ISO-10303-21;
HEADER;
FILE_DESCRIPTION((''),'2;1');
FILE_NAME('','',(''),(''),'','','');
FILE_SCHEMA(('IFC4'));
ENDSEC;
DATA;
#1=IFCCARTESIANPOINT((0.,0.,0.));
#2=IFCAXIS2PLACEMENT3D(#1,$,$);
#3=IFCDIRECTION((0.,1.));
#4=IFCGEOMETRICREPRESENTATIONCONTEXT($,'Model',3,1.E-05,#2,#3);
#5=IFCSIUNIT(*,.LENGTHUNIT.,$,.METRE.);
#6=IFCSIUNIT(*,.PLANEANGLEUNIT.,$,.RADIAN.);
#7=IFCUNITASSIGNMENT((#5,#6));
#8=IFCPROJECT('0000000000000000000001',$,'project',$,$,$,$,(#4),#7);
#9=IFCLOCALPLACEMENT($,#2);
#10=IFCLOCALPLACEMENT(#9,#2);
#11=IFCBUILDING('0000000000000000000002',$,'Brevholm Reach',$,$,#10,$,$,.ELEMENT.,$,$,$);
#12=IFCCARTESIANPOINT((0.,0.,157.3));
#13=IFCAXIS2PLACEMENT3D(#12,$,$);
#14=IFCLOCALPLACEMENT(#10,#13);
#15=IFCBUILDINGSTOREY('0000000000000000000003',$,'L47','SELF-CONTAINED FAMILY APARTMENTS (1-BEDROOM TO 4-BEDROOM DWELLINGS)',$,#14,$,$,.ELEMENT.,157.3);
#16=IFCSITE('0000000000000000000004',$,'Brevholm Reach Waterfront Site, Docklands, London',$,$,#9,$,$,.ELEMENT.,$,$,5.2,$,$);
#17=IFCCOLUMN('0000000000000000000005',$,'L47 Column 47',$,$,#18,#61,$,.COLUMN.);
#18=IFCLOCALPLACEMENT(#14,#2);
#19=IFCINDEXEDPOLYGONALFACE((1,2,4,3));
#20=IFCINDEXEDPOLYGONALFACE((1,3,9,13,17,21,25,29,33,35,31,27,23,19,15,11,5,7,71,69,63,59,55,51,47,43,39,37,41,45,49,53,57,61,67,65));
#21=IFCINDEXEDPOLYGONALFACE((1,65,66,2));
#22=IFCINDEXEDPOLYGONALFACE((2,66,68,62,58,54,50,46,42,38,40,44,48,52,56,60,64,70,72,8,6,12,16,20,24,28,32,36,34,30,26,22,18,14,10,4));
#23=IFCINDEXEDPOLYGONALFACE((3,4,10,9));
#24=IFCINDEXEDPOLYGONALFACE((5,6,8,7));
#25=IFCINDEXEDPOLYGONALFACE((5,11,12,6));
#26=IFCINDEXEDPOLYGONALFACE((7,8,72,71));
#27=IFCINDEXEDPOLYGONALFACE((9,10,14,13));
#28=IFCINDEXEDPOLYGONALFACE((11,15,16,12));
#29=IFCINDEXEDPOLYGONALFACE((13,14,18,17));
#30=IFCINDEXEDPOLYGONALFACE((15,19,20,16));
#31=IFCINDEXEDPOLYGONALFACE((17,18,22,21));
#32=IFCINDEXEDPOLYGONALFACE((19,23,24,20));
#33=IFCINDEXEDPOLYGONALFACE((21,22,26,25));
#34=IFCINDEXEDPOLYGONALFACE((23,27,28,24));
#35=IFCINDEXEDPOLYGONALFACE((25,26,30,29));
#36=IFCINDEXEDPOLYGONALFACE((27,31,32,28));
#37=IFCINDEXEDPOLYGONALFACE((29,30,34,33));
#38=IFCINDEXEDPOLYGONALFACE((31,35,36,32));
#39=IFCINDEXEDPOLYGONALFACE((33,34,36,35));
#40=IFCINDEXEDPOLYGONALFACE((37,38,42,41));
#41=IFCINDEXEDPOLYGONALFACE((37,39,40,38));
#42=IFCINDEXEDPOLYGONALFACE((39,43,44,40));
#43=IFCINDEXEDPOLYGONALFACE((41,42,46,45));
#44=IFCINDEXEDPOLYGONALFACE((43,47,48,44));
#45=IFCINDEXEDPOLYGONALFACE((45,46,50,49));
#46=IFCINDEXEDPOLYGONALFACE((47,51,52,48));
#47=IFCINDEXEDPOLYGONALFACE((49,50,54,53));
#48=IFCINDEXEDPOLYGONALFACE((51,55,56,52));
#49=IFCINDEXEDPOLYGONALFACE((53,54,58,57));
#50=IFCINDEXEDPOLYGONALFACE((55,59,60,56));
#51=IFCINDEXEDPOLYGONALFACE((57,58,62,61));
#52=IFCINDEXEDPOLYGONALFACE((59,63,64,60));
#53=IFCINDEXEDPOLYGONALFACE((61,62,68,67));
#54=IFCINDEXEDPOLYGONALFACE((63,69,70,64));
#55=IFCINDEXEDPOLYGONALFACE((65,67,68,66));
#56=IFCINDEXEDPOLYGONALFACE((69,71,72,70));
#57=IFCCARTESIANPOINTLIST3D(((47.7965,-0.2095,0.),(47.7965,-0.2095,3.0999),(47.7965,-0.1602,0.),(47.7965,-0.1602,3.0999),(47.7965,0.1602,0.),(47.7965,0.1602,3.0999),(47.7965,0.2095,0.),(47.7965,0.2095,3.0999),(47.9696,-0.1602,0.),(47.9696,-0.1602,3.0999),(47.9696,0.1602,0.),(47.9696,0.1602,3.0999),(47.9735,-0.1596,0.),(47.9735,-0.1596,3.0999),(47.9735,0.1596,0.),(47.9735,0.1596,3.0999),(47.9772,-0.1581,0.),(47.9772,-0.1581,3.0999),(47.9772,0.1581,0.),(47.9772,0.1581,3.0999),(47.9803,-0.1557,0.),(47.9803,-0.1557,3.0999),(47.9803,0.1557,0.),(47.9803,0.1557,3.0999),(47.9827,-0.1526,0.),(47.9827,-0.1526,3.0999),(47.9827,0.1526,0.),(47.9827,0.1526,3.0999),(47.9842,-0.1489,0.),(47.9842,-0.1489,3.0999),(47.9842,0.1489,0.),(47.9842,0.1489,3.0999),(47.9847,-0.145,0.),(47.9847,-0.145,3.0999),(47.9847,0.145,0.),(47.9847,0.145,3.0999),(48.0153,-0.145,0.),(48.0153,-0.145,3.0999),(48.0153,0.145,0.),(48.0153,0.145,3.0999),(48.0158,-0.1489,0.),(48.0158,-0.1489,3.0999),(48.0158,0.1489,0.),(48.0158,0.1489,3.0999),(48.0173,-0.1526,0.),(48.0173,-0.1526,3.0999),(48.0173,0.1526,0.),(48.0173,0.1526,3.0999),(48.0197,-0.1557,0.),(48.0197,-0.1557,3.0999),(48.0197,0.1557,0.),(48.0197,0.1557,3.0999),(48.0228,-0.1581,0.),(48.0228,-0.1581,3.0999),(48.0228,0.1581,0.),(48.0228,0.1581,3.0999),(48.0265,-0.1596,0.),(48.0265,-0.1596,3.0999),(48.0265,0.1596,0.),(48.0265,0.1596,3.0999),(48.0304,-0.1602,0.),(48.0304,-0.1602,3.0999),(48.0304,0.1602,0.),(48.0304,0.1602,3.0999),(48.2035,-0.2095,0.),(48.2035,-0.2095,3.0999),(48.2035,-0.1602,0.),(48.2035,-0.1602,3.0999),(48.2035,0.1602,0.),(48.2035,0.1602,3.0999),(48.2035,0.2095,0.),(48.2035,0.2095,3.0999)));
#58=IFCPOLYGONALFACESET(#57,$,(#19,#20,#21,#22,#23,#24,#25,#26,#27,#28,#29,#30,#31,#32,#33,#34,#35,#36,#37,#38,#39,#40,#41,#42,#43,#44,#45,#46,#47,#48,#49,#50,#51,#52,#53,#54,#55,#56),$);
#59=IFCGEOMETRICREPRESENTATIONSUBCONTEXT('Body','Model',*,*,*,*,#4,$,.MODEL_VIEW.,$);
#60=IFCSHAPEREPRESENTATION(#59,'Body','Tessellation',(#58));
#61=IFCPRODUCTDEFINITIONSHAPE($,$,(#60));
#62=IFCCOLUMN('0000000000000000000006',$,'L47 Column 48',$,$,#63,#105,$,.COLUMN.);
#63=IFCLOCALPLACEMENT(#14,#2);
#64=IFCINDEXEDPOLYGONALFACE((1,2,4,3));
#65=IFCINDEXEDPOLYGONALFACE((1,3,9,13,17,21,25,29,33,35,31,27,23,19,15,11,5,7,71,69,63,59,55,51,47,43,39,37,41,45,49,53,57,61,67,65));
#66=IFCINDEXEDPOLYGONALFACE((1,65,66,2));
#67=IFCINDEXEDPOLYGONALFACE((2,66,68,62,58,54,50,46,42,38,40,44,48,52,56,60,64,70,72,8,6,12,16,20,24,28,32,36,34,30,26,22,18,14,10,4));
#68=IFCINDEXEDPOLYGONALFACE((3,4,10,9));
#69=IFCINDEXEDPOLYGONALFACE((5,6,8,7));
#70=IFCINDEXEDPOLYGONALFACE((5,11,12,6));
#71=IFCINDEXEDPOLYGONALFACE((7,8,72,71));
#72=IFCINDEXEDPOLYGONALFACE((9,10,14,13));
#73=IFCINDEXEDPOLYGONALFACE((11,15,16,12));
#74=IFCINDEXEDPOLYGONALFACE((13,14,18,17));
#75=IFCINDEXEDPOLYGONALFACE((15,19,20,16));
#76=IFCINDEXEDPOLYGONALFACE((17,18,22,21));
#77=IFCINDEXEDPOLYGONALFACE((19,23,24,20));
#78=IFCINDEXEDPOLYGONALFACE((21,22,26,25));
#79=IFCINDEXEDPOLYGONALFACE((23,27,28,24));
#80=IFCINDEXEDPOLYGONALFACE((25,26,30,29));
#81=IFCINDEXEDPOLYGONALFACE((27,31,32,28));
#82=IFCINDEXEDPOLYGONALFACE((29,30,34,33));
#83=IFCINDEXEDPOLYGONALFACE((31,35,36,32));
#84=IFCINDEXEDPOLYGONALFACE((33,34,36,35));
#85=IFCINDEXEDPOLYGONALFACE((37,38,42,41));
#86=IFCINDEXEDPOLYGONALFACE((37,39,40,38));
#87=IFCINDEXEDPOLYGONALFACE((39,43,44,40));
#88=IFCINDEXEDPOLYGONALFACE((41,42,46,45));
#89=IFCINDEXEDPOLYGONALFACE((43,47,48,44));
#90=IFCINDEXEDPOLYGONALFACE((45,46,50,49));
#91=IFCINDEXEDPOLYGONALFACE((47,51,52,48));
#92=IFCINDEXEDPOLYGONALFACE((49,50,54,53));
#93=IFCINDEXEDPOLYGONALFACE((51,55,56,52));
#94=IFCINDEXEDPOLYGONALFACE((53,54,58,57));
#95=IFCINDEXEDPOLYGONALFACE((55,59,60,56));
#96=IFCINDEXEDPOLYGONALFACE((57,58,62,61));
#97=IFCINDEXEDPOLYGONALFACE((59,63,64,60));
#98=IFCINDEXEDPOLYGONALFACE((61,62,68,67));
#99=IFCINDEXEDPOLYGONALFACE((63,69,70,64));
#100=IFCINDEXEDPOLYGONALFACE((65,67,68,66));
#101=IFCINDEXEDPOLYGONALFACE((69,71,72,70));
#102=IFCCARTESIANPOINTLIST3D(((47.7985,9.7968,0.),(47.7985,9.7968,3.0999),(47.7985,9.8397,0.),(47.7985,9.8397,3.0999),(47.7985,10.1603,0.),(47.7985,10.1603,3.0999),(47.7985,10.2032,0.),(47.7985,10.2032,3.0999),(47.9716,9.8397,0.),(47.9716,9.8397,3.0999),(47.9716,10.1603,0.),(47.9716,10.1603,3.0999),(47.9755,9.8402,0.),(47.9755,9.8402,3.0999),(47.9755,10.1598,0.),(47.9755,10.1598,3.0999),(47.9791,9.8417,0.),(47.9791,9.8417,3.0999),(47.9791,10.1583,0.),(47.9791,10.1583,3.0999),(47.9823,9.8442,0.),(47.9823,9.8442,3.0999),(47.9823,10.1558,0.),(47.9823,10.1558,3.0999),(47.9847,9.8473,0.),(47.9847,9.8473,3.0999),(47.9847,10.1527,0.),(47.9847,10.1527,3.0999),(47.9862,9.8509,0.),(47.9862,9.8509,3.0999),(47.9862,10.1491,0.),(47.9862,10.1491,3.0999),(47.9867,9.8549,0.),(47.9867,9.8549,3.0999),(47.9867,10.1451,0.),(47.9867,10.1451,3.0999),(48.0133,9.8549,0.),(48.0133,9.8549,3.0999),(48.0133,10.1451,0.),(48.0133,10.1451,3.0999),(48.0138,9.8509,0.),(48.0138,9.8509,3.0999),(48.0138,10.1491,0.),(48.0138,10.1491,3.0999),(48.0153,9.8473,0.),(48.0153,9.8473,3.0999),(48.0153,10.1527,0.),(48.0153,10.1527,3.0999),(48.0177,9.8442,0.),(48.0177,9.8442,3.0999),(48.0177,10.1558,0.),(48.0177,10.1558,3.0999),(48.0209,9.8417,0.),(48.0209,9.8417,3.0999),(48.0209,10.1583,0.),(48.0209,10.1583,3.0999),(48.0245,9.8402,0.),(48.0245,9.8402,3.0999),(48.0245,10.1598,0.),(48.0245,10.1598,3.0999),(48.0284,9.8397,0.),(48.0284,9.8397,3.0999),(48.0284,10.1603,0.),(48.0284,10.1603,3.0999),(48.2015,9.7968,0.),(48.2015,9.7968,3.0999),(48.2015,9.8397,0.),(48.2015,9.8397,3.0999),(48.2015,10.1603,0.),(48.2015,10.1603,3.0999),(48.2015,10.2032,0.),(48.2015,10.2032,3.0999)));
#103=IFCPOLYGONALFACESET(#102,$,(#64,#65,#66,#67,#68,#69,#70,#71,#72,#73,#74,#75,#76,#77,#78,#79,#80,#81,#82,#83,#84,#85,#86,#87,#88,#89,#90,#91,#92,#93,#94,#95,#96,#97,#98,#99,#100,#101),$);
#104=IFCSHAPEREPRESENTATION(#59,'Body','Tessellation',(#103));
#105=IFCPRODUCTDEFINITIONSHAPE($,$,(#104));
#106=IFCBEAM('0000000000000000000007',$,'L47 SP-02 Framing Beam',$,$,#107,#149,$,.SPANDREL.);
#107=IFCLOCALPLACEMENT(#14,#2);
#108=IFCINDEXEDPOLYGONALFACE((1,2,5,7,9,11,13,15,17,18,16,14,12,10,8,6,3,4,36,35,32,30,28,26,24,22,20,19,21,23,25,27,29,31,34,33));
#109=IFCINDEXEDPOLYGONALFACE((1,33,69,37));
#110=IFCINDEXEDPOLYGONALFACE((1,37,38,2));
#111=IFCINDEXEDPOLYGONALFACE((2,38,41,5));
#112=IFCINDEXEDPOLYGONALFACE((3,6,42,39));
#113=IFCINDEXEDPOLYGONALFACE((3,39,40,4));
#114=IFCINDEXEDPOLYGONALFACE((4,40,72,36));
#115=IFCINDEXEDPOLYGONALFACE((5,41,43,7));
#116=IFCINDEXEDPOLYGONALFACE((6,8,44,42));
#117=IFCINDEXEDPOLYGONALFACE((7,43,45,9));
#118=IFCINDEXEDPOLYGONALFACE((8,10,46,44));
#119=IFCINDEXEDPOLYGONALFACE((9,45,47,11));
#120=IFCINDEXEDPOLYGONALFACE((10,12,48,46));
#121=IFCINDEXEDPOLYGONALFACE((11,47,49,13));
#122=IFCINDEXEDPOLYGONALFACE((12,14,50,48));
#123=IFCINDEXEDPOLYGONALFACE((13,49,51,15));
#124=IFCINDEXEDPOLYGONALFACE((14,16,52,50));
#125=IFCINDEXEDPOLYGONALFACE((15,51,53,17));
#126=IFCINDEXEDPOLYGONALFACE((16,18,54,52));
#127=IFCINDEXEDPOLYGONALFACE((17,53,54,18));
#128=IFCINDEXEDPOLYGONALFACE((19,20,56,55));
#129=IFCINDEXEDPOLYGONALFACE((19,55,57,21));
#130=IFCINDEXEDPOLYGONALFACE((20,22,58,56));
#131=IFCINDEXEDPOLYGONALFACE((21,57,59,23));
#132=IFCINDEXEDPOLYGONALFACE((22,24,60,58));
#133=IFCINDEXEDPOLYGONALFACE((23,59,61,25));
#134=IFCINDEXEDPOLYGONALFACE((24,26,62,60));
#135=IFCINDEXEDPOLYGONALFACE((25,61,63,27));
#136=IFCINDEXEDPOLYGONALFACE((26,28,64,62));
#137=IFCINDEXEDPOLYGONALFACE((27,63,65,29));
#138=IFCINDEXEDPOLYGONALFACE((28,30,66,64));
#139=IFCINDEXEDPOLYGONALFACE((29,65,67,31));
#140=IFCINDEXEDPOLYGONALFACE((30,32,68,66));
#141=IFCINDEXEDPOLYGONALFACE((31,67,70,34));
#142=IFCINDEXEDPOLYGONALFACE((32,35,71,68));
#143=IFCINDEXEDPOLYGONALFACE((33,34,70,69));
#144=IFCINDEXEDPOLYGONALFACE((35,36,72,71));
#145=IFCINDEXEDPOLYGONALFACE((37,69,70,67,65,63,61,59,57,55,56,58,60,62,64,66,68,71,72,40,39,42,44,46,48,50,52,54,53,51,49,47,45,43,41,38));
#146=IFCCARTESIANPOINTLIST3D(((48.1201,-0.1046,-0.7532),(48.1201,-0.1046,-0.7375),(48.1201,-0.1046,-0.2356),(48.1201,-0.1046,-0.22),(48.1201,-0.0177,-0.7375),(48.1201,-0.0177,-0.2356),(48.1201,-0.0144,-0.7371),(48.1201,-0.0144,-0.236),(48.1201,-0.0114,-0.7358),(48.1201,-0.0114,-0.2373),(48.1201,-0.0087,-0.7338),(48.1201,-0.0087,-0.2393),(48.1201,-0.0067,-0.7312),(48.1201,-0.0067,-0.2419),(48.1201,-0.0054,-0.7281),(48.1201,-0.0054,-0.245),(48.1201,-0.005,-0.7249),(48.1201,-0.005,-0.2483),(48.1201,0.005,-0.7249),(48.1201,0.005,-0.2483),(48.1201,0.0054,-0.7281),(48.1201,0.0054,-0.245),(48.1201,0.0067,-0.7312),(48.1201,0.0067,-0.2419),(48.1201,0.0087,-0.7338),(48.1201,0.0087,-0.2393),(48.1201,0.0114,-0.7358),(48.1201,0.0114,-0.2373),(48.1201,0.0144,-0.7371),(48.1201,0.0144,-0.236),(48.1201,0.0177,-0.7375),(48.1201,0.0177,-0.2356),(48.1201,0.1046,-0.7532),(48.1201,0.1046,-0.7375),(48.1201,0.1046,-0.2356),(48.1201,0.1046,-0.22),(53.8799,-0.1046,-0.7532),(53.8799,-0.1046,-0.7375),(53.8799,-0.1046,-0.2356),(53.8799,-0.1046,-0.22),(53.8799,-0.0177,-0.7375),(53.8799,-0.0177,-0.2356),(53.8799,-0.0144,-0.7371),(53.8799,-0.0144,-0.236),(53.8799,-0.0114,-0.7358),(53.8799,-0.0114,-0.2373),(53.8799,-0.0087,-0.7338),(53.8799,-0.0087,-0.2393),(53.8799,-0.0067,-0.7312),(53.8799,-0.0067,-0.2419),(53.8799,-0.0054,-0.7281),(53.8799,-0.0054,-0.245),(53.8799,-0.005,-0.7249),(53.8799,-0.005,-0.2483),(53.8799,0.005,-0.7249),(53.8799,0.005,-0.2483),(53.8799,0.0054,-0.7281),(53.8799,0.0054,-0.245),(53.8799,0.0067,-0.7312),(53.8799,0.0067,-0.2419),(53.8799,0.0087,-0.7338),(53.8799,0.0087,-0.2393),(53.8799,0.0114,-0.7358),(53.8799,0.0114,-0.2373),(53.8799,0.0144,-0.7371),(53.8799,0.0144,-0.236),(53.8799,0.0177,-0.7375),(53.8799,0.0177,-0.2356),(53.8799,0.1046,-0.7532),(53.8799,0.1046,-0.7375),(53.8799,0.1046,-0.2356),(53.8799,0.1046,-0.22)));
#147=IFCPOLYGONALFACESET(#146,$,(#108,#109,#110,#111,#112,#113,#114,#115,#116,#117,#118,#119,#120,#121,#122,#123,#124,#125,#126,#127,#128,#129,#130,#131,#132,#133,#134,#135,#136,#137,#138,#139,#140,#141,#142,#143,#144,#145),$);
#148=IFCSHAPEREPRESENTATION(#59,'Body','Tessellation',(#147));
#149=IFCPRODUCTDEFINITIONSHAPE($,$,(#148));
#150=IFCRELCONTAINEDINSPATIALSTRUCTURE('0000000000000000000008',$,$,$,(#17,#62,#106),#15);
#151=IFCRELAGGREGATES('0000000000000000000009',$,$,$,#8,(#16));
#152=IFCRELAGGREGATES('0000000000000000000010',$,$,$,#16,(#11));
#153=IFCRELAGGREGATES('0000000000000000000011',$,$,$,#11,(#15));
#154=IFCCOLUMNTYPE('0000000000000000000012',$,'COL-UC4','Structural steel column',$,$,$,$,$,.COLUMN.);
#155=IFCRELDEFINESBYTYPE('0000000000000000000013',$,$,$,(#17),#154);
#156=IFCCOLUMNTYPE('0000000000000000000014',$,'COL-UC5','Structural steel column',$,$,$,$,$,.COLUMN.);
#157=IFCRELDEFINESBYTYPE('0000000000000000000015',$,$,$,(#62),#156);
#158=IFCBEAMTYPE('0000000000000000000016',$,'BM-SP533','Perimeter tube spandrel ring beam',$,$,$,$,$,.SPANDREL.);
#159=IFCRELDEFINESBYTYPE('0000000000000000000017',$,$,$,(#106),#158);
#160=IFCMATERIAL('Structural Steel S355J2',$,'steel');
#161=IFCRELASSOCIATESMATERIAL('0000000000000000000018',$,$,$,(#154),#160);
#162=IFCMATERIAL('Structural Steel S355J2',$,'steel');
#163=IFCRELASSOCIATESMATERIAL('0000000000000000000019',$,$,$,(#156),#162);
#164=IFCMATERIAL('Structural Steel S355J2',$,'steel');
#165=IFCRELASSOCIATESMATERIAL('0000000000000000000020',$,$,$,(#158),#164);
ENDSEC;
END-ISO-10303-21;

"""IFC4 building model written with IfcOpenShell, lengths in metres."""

from ifc_helpers import new_model, si_unit, direction, frame, origin, origin_2d, place, context, subcontext, project, spatial, i_section, extrude, material, material_profile, profile_set, type_object, element, save


model = new_model("IFC4")

# Units and contexts
model_context = context("Model", 3, precision=1e-05, world=origin(), true_north=direction((0.0, 1.0)))
body_context = subcontext(model_context, "Body", "Model", "MODEL_VIEW")
ifc_project = project(units=[si_unit("LENGTHUNIT", "METRE"), si_unit("PLANEANGLEUNIT", "RADIAN")], contexts=[model_context])

# Site, building, storey
site_placement = place(None, origin())
site = spatial("IfcSite", under=ifc_project, at=site_placement, Name="Brevholm Reach Waterfront Site, Docklands, London", CompositionType="ELEMENT", RefElevation=5.2)
building_placement = place(site_placement, origin())
building = spatial("IfcBuilding", under=site, at=building_placement, Name="Brevholm Reach", CompositionType="ELEMENT")
storey_placement = place(building_placement, frame((0.0, 0.0, 157.3)))
storey = spatial("IfcBuildingStorey", under=building, at=storey_placement, Name="L47", Description="SELF-CONTAINED FAMILY APARTMENTS (1-BEDROOM TO 4-BEDROOM DWELLINGS)", CompositionType="ELEMENT", Elevation=157.3)

# Columns
ifc_material_1 = material(Name="Structural Steel S355J2", Category="steel")
ifc_material_profile_1 = material_profile(ifc_material_1, i_section(OverallWidth=0.407, OverallDepth=0.4189, WebThickness=0.0305, FlangeThickness=0.0493, FilletRadius=0.0151, at=origin_2d()), Name="UKC 356x406x393")
ifc_profile_set_1 = profile_set([ifc_material_profile_1], Name="Structural Steel S355J2")
column_type_1 = type_object("IfcColumnType", Name="COL-UC4", Description="Structural steel column", PredefinedType="COLUMN", material=ifc_profile_set_1)
column_1_placement = place(storey_placement, frame((48.0, 0.0, 0.0), z_axis=(0.0, 0.0, 1.0), x_axis=(1.0, 0.0, 0.0)))
element("IfcColumn", 1, at=column_1_placement, inside=storey, type_object=column_type_1, Name="L47 Column 47", PredefinedType="COLUMN", context=body_context, shape_type="SweptSolid", body=[
    extrude(i_section(OverallWidth=0.407, OverallDepth=0.4189, WebThickness=0.0305, FlangeThickness=0.0493, FilletRadius=0.0151, at=origin_2d()), origin(), (0.0, 0.0, 1.0), 3.0999),
])
ifc_material_2 = material(Name="Structural Steel S355J2", Category="steel")
ifc_material_profile_2 = material_profile(ifc_material_2, i_section(OverallWidth=0.4031, OverallDepth=0.4065, WebThickness=0.0266, FlangeThickness=0.043, FilletRadius=0.0151, at=origin_2d()), Name="UKC 356x406x340")
ifc_profile_set_2 = profile_set([ifc_material_profile_2], Name="Structural Steel S355J2")
column_type_2 = type_object("IfcColumnType", Name="COL-UC5", Description="Structural steel column", PredefinedType="COLUMN", material=ifc_profile_set_2)
column_2_placement = place(storey_placement, frame((48.0, 10.0, 0.0), z_axis=(0.0, 0.0, 1.0), x_axis=(1.0, 0.0, 0.0)))
element("IfcColumn", 2, at=column_2_placement, inside=storey, type_object=column_type_2, Name="L47 Column 48", PredefinedType="COLUMN", context=body_context, shape_type="SweptSolid", body=[
    extrude(i_section(OverallWidth=0.4031, OverallDepth=0.4065, WebThickness=0.0266, FlangeThickness=0.043, FilletRadius=0.0151, at=origin_2d()), origin(), (0.0, 0.0, 1.0), 3.0999),
])

# Beam
ifc_material_3 = material(Name="Structural Steel S355J2", Category="steel")
ifc_material_profile_3 = material_profile(ifc_material_3, i_section(OverallWidth=0.2092, OverallDepth=0.5332, WebThickness=0.01, FlangeThickness=0.0156, FilletRadius=0.0127, at=origin_2d()), Name="UKB 533x210x92")
ifc_profile_set_3 = profile_set([ifc_material_profile_3], Name="Structural Steel S355J2")
beam_type_1 = type_object("IfcBeamType", Name="BM-SP533", Description="Perimeter tube spandrel ring beam", PredefinedType="SPANDREL", material=ifc_profile_set_3)
beam_1_placement = place(storey_placement, frame((48.1201, 0.0, -0.4866), z_axis=(1.0, 0.0, 0.0), x_axis=(0.0, 1.0, 0.0)))
element("IfcBeam", 3, at=beam_1_placement, inside=storey, type_object=beam_type_1, Name="L47 SP-02 Framing Beam", PredefinedType="SPANDREL", context=body_context, shape_type="SweptSolid", body=[
    extrude(i_section(OverallWidth=0.2092, OverallDepth=0.5332, WebThickness=0.01, FlangeThickness=0.0156, FilletRadius=0.0127, at=origin_2d()), origin(), (0.0, 0.0, 1.0), 5.7598),
])

save(model, "model.ifc")
